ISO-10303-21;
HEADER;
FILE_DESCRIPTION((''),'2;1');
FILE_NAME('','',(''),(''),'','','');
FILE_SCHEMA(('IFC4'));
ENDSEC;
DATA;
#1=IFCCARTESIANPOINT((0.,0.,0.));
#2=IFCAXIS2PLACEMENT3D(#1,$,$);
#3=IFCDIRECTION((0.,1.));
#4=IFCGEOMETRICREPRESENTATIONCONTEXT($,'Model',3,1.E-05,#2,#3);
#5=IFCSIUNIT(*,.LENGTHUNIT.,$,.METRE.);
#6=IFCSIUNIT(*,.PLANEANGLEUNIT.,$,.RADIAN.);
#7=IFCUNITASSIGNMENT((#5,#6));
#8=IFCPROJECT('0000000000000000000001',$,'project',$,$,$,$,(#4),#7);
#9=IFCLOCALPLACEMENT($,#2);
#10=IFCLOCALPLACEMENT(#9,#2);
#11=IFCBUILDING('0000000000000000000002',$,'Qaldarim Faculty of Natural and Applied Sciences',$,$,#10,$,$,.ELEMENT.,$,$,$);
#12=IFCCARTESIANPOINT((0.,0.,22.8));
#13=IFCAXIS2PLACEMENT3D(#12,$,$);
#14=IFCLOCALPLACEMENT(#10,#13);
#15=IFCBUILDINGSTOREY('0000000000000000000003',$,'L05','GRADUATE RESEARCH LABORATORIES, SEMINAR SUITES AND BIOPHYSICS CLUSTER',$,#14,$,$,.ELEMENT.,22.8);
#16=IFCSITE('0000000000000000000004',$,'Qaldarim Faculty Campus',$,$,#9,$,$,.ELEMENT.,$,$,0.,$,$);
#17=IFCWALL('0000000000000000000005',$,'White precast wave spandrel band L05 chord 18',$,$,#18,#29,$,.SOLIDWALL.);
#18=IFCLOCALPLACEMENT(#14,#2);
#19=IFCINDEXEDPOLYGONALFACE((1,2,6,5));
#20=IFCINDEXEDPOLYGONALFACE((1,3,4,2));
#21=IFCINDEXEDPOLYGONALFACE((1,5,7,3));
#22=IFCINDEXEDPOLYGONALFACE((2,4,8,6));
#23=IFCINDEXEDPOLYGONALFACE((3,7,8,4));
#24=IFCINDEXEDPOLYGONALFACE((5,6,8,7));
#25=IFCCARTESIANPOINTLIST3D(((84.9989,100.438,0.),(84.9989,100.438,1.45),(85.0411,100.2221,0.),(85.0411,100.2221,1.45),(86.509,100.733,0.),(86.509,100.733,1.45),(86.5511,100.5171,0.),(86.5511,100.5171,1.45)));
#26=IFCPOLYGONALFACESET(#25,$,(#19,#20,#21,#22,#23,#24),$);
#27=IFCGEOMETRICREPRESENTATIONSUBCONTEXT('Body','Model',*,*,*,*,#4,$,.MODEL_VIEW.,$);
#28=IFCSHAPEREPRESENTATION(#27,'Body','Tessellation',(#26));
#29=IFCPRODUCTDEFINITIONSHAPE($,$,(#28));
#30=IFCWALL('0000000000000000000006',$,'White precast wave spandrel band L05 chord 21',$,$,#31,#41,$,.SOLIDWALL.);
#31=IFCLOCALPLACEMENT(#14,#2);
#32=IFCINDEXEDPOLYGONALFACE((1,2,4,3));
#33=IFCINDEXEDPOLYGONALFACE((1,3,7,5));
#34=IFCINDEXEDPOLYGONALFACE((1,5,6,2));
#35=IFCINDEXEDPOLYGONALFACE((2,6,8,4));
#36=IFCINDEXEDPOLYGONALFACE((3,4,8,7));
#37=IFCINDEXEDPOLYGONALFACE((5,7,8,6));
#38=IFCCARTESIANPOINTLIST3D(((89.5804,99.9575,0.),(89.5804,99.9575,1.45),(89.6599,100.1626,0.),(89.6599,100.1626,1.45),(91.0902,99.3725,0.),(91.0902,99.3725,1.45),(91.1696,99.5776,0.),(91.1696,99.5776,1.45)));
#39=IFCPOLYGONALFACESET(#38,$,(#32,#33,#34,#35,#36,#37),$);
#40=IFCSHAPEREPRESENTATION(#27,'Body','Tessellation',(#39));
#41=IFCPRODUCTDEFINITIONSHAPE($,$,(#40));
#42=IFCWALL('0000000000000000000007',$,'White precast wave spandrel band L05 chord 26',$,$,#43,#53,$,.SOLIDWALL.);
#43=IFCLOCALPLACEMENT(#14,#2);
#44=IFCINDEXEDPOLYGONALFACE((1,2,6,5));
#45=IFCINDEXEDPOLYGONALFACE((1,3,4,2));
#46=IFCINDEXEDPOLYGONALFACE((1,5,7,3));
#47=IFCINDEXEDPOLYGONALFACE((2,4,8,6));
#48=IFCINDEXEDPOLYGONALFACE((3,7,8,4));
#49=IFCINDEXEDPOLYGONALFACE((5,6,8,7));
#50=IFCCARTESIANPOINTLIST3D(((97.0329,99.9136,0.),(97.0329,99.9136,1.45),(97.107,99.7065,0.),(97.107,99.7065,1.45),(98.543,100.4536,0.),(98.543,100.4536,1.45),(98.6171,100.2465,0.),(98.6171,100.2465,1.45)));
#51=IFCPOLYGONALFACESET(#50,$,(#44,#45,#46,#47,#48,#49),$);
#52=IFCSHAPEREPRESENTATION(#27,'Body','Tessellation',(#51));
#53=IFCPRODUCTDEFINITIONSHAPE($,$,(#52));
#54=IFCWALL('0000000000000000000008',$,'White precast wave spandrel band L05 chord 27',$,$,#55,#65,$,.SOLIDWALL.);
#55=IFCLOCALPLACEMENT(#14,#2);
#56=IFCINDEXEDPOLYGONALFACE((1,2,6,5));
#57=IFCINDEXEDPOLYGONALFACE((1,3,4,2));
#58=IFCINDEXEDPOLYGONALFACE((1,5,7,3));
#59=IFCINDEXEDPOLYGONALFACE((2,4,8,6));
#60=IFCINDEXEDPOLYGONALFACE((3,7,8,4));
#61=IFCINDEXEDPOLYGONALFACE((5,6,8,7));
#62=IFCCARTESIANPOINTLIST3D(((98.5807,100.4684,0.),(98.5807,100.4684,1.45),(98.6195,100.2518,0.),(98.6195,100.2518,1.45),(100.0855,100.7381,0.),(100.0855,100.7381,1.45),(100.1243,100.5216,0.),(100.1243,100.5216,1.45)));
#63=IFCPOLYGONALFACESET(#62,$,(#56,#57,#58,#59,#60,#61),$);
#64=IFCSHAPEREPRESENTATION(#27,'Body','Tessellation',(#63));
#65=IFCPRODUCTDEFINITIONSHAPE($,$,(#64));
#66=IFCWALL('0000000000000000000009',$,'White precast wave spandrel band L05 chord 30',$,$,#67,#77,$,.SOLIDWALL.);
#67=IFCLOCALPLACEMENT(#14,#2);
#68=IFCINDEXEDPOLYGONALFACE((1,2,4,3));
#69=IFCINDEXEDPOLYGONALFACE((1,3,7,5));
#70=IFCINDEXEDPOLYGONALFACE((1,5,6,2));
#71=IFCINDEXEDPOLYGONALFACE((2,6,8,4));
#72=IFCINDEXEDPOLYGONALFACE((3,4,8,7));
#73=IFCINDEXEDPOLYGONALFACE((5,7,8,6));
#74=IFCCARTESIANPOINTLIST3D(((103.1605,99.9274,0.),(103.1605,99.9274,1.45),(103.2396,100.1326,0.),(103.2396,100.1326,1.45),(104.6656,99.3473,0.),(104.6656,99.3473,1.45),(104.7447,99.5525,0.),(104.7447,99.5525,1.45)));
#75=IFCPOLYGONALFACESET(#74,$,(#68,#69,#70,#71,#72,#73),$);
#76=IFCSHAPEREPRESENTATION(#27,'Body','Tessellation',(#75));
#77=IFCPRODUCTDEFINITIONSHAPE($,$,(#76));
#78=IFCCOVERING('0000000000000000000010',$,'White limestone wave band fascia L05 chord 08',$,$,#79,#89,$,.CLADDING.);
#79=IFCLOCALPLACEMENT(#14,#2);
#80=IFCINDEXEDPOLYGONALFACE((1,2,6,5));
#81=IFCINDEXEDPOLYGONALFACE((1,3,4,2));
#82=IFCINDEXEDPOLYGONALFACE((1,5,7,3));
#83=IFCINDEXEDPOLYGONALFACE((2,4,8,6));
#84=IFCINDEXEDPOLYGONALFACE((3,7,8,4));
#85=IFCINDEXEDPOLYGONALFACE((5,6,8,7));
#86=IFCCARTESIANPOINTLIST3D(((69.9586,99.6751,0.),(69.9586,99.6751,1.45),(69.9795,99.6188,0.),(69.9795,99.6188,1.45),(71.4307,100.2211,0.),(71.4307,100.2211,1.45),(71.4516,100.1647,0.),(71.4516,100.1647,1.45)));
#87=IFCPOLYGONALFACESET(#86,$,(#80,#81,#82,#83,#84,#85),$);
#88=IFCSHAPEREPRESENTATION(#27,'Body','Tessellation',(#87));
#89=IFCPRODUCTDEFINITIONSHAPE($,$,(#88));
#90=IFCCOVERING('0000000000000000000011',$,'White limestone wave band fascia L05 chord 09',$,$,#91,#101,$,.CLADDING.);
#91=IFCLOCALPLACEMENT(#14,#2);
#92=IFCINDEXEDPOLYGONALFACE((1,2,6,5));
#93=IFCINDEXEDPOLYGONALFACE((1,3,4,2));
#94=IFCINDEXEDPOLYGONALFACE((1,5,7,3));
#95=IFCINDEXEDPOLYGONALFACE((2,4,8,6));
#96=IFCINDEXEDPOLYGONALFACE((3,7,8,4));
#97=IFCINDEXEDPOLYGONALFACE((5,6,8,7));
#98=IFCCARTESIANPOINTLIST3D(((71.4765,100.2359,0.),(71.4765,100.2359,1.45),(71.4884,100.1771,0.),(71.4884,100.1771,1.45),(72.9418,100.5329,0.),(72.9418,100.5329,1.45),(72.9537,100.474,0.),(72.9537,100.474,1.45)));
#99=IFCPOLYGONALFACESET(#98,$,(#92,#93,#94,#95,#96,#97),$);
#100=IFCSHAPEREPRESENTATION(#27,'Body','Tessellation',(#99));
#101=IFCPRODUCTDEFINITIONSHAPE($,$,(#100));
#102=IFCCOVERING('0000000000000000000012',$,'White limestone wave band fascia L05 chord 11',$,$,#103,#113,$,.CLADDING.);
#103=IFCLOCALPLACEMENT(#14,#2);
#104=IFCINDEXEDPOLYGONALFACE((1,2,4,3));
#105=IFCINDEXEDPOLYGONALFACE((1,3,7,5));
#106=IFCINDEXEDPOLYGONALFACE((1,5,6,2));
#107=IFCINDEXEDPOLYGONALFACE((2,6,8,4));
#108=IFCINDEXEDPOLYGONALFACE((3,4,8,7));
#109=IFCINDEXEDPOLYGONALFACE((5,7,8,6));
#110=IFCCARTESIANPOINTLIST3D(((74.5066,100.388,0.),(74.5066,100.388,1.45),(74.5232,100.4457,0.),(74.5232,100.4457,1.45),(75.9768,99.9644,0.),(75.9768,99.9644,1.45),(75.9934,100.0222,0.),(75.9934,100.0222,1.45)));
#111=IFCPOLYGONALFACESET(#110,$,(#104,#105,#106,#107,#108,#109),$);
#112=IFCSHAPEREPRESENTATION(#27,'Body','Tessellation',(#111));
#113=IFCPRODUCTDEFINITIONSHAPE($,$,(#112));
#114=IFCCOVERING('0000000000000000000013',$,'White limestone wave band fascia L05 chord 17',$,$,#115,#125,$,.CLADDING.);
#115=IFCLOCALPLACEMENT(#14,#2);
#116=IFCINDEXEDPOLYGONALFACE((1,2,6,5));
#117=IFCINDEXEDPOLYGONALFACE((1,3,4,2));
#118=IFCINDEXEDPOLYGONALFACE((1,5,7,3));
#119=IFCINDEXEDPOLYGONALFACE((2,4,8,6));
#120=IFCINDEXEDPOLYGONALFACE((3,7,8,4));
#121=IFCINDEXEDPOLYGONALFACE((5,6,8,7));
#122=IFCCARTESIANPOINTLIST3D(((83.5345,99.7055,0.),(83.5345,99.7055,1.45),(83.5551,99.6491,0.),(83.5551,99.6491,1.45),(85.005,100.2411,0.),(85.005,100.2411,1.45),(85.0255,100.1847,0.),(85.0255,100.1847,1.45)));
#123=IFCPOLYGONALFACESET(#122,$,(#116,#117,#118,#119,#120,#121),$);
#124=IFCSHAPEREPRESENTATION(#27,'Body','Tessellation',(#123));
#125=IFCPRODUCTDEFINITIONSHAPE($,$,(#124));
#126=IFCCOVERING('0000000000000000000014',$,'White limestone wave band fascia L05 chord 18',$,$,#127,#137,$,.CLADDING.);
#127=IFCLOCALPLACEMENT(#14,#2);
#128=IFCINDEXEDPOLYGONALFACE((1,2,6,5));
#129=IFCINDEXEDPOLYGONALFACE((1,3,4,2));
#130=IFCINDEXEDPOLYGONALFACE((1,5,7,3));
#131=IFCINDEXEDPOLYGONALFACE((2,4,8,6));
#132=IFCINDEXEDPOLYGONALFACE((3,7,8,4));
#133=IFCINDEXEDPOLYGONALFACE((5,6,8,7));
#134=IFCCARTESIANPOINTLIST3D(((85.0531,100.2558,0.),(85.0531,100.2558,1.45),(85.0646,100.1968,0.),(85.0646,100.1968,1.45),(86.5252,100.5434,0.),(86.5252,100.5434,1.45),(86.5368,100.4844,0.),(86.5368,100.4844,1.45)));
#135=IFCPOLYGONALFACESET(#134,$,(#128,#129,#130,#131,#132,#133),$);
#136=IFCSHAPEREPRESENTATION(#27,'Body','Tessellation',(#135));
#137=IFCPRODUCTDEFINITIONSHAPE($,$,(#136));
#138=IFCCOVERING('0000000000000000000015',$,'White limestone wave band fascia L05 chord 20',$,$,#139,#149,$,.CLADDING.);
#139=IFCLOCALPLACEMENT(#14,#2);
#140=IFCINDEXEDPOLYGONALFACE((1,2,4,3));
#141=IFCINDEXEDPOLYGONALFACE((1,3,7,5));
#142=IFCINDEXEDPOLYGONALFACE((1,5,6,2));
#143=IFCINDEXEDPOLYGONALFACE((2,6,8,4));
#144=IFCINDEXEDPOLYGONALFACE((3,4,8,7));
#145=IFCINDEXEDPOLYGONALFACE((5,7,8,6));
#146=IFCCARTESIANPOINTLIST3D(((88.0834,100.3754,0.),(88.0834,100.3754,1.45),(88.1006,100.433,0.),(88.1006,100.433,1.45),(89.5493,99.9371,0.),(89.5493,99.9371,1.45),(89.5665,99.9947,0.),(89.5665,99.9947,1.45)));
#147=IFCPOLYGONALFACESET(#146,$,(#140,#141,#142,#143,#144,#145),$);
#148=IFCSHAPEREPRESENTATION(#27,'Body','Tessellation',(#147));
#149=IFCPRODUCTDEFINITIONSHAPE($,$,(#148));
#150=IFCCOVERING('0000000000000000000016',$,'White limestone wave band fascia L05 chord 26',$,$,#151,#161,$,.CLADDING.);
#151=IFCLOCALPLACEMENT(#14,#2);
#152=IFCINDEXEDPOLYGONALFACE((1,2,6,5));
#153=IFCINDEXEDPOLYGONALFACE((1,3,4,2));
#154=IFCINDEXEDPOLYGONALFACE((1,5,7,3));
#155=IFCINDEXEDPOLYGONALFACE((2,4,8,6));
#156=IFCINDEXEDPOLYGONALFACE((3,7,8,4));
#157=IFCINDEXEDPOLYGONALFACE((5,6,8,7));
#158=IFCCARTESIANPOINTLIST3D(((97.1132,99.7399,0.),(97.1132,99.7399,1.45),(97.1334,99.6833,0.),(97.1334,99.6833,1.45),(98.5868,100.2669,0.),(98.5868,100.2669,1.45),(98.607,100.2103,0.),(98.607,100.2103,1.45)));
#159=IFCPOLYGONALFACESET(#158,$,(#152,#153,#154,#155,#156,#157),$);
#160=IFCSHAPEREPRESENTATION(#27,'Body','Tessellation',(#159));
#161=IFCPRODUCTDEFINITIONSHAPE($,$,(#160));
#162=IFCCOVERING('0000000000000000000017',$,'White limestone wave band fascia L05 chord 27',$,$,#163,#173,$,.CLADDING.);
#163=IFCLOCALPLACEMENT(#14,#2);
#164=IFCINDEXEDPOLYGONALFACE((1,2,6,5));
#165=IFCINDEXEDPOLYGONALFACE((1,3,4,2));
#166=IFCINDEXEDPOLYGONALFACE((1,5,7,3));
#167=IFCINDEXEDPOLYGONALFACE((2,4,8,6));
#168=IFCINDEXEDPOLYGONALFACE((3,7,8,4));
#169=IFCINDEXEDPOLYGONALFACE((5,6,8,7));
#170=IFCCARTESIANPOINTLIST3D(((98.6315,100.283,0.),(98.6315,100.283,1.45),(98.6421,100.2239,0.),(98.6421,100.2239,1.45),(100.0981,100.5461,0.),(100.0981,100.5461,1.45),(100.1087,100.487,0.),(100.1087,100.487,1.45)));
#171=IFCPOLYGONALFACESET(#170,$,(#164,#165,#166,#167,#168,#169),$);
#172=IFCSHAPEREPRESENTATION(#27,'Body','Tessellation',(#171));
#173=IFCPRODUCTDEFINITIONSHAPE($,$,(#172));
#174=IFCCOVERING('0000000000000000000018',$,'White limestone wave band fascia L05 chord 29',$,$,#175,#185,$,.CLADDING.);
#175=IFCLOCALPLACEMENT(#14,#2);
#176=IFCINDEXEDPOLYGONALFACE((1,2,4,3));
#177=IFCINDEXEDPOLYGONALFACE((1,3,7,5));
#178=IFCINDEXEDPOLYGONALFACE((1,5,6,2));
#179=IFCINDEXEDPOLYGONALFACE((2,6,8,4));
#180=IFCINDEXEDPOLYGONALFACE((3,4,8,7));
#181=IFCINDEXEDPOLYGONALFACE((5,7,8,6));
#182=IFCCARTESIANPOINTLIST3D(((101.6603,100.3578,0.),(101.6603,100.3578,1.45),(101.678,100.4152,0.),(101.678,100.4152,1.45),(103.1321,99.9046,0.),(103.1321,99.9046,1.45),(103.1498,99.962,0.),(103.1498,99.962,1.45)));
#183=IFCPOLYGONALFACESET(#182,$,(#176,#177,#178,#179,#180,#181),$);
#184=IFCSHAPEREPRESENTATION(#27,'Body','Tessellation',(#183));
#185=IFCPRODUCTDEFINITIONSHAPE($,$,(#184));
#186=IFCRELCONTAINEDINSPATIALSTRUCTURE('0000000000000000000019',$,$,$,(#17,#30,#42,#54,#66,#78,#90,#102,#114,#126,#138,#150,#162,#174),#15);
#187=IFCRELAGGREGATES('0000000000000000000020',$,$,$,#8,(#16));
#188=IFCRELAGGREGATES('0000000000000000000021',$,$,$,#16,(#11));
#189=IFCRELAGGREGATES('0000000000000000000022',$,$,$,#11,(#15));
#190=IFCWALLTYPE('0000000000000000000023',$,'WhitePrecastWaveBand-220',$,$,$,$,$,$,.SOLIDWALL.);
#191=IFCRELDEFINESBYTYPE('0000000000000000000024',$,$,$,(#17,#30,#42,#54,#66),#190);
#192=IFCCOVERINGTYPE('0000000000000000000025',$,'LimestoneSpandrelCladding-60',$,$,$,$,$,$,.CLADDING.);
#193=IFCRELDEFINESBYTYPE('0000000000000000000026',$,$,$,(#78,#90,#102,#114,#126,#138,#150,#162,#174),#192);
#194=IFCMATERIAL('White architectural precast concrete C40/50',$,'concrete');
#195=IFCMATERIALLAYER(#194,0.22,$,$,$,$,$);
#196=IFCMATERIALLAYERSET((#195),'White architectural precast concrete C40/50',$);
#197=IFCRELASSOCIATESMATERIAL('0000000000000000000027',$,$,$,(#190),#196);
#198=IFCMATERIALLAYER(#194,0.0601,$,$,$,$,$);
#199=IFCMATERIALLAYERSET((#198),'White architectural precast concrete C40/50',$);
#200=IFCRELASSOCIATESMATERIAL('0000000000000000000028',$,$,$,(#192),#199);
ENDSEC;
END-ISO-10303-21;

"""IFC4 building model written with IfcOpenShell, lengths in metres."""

from ifc_helpers import new_model, si_unit, direction, frame, frame_2d, origin, origin_2d, place, context, subcontext, project, spatial, rectangle, extrude, material, layer, layer_set, type_object, element, save


model = new_model("IFC4")

# Units and contexts
model_context = context("Model", 3, precision=1e-05, world=origin(), true_north=direction((0.0, 1.0)))
body_context = subcontext(model_context, "Body", "Model", "MODEL_VIEW")
ifc_project = project(units=[si_unit("LENGTHUNIT", "METRE"), si_unit("PLANEANGLEUNIT", "RADIAN")], contexts=[model_context])

# Site, building, storey
site_placement = place(None, origin())
site = spatial("IfcSite", under=ifc_project, at=site_placement, Name="Qaldarim Faculty Campus", CompositionType="ELEMENT", RefElevation=0.0)
building_placement = place(site_placement, origin())
building = spatial("IfcBuilding", under=site, at=building_placement, Name="Qaldarim Faculty of Natural and Applied Sciences", CompositionType="ELEMENT")
storey_placement = place(building_placement, frame((0.0, 0.0, 22.8)))
storey = spatial("IfcBuildingStorey", under=building, at=storey_placement, Name="L05", Description="GRADUATE RESEARCH LABORATORIES, SEMINAR SUITES AND BIOPHYSICS CLUSTER", CompositionType="ELEMENT", Elevation=22.8)

# Walls
ifc_material_1 = material(Name="White architectural precast concrete C40/50", Category="concrete")
ifc_layer_1 = layer(ifc_material_1, 0.22)
ifc_layer_set_1 = layer_set([ifc_layer_1], Name="White architectural precast concrete C40/50")
wall_type = type_object("IfcWallType", Name="WhitePrecastWaveBand-220", PredefinedType="SOLIDWALL", material=ifc_layer_set_1)
wall_1_placement = place(storey_placement, frame((85.02, 100.3301, 0.0), z_axis=(0.0, 0.0, 1.0), x_axis=(0.981456, 0.191689, 0.0)))
element("IfcWall", 1, at=wall_1_placement, inside=storey, type_object=wall_type, Name="White precast wave spandrel band L05 chord 18", PredefinedType="SOLIDWALL", context=body_context, shape_type="SweptSolid", body=[
    extrude(rectangle(XDim=1.5386, YDim=0.22, at=frame_2d((0.7693, 0.0))), origin(), (0.0, 0.0, 1.0), 1.45),
])
wall_2_placement = place(storey_placement, frame((89.6201, 100.0601, 0.0), z_axis=(0.0, 0.0, 1.0), x_axis=(0.932457, -0.361282, 0.0)))
element("IfcWall", 2, at=wall_2_placement, inside=storey, type_object=wall_type, Name="White precast wave spandrel band L05 chord 21", PredefinedType="SOLIDWALL", context=body_context, shape_type="SweptSolid", body=[
    extrude(rectangle(XDim=1.6191, YDim=0.22, at=frame_2d((0.8096, 0.0))), origin(), (0.0, 0.0, 1.0), 1.45),
])
wall_3_placement = place(storey_placement, frame((97.0701, 99.8101, 0.0), z_axis=(0.0, 0.0, 1.0), x_axis=(0.941594, 0.336751, 0.0)))
element("IfcWall", 3, at=wall_3_placement, inside=storey, type_object=wall_type, Name="White precast wave spandrel band L05 chord 26", PredefinedType="SOLIDWALL", context=body_context, shape_type="SweptSolid", body=[
    extrude(rectangle(XDim=1.6038, YDim=0.22, at=frame_2d((0.8018, 0.0))), origin(), (0.0, 0.0, 1.0), 1.45),
])
wall_4_placement = place(storey_placement, frame((98.6001, 100.3601, 0.0), z_axis=(0.0, 0.0, 1.0), x_axis=(0.984309, 0.176454, 0.0)))
element("IfcWall", 4, at=wall_4_placement, inside=storey, type_object=wall_type, Name="White precast wave spandrel band L05 chord 27", PredefinedType="SOLIDWALL", context=body_context, shape_type="SweptSolid", body=[
    extrude(rectangle(XDim=1.5288, YDim=0.22, at=frame_2d((0.7644, 0.0))), origin(), (0.0, 0.0, 1.0), 1.45),
])
wall_5_placement = place(storey_placement, frame((103.2, 100.03, 0.0), z_axis=(0.0, 0.0, 1.0), x_axis=(0.9331, -0.359618, 0.0)))
element("IfcWall", 5, at=wall_5_placement, inside=storey, type_object=wall_type, Name="White precast wave spandrel band L05 chord 30", PredefinedType="SOLIDWALL", context=body_context, shape_type="SweptSolid", body=[
    extrude(rectangle(XDim=1.613, YDim=0.22, at=frame_2d((0.8066, 0.0))), origin(), (0.0, 0.0, 1.0), 1.45),
])

# Coverings
ifc_layer_2 = layer(ifc_material_1, 0.0601)
ifc_layer_set_2 = layer_set([ifc_layer_2], Name="White architectural precast concrete C40/50")
covering_type = type_object("IfcCoveringType", Name="LimestoneSpandrelCladding-60", PredefinedType="CLADDING", material=ifc_layer_set_2)
covering_1_placement = place(storey_placement, frame((70.7051, 99.9199, 0.0), z_axis=(0.0, 0.0, 1.0), x_axis=(0.937598, 0.347721, 0.0)))
element("IfcCovering", 6, at=covering_1_placement, inside=storey, type_object=covering_type, Name="White limestone wave band fascia L05 chord 08", PredefinedType="CLADDING", context=body_context, shape_type="SweptSolid", body=[
    extrude(rectangle(XDim=1.5701, YDim=0.0601, at=origin_2d()), origin(), (0.0, 0.0, 1.0), 1.45),
])
covering_2_placement = place(storey_placement, frame((72.2151, 100.355, 0.0), z_axis=(0.0, 0.0, 1.0), x_axis=(0.980078, 0.198615, 0.0)))
element("IfcCovering", 7, at=covering_2_placement, inside=storey, type_object=covering_type, Name="White limestone wave band fascia L05 chord 09", PredefinedType="CLADDING", context=body_context, shape_type="SweptSolid", body=[
    extrude(rectangle(XDim=1.4951, YDim=0.0601, at=origin_2d()), origin(), (0.0, 0.0, 1.0), 1.45),
])
covering_3_placement = place(storey_placement, frame((75.25, 100.2051, 0.0), z_axis=(0.0, 0.0, 1.0), x_axis=(0.960919, -0.276828, 0.0)))
element("IfcCovering", 8, at=covering_3_placement, inside=storey, type_object=covering_type, Name="White limestone wave band fascia L05 chord 11", PredefinedType="CLADDING", context=body_context, shape_type="SweptSolid", body=[
    extrude(rectangle(XDim=1.53, YDim=0.0601, at=origin_2d()), origin(), (0.0, 0.0, 1.0), 1.45),
])
covering_4_placement = place(storey_placement, frame((84.28, 99.9451, 0.0), z_axis=(0.0, 0.0, 1.0), x_axis=(0.939609, 0.34225, 0.0)))
element("IfcCovering", 9, at=covering_4_placement, inside=storey, type_object=covering_type, Name="White limestone wave band fascia L05 chord 17", PredefinedType="CLADDING", context=body_context, shape_type="SweptSolid", body=[
    extrude(rectangle(XDim=1.5649, YDim=0.0601, at=origin_2d()), origin(), (0.0, 0.0, 1.0), 1.45),
])
covering_5_placement = place(storey_placement, frame((85.7949, 100.3701, 0.0), z_axis=(0.0, 0.0, 1.0), x_axis=(0.981447, 0.191734, 0.0)))
element("IfcCovering", 10, at=covering_5_placement, inside=storey, type_object=covering_type, Name="White limestone wave band fascia L05 chord 18", PredefinedType="CLADDING", context=body_context, shape_type="SweptSolid", body=[
    extrude(rectangle(XDim=1.5, YDim=0.0601, at=origin_2d()), origin(), (0.0, 0.0, 1.0), 1.45),
])
covering_6_placement = place(storey_placement, frame((88.825, 100.1851, 0.0), z_axis=(0.0, 0.0, 1.0), x_axis=(0.958088, -0.286474, 0.0)))
element("IfcCovering", 11, at=covering_6_placement, inside=storey, type_object=covering_type, Name="White limestone wave band fascia L05 chord 20", PredefinedType="CLADDING", context=body_context, shape_type="SweptSolid", body=[
    extrude(rectangle(XDim=1.53, YDim=0.0601, at=origin_2d()), origin(), (0.0, 0.0, 1.0), 1.45),
])
covering_7_placement = place(storey_placement, frame((97.8601, 99.9751, 0.0), z_axis=(0.0, 0.0, 1.0), x_axis=(0.9416, 0.336734, 0.0)))
element("IfcCovering", 12, at=covering_7_placement, inside=storey, type_object=covering_type, Name="White limestone wave band fascia L05 chord 26", PredefinedType="CLADDING", context=body_context, shape_type="SweptSolid", body=[
    extrude(rectangle(XDim=1.5649, YDim=0.0601, at=origin_2d()), origin(), (0.0, 0.0, 1.0), 1.45),
])
covering_8_placement = place(storey_placement, frame((99.3701, 100.385, 0.0), z_axis=(0.0, 0.0, 1.0), x_axis=(0.984285, 0.176587, 0.0)))
element("IfcCovering", 13, at=covering_8_placement, inside=storey, type_object=covering_type, Name="White limestone wave band fascia L05 chord 27", PredefinedType="CLADDING", context=body_context, shape_type="SweptSolid", body=[
    extrude(rectangle(XDim=1.49, YDim=0.0601, at=origin_2d()), origin(), (0.0, 0.0, 1.0), 1.45),
])
covering_9_placement = place(storey_placement, frame((102.405, 100.1599, 0.0), z_axis=(0.0, 0.0, 1.0), x_axis=(0.955711, -0.294307, 0.0)))
element("IfcCovering", 14, at=covering_9_placement, inside=storey, type_object=covering_type, Name="White limestone wave band fascia L05 chord 29", PredefinedType="CLADDING", context=body_context, shape_type="SweptSolid", body=[
    extrude(rectangle(XDim=1.54, YDim=0.0601, at=origin_2d()), origin(), (0.0, 0.0, 1.0), 1.45),
])

save(model, "model.ifc")
